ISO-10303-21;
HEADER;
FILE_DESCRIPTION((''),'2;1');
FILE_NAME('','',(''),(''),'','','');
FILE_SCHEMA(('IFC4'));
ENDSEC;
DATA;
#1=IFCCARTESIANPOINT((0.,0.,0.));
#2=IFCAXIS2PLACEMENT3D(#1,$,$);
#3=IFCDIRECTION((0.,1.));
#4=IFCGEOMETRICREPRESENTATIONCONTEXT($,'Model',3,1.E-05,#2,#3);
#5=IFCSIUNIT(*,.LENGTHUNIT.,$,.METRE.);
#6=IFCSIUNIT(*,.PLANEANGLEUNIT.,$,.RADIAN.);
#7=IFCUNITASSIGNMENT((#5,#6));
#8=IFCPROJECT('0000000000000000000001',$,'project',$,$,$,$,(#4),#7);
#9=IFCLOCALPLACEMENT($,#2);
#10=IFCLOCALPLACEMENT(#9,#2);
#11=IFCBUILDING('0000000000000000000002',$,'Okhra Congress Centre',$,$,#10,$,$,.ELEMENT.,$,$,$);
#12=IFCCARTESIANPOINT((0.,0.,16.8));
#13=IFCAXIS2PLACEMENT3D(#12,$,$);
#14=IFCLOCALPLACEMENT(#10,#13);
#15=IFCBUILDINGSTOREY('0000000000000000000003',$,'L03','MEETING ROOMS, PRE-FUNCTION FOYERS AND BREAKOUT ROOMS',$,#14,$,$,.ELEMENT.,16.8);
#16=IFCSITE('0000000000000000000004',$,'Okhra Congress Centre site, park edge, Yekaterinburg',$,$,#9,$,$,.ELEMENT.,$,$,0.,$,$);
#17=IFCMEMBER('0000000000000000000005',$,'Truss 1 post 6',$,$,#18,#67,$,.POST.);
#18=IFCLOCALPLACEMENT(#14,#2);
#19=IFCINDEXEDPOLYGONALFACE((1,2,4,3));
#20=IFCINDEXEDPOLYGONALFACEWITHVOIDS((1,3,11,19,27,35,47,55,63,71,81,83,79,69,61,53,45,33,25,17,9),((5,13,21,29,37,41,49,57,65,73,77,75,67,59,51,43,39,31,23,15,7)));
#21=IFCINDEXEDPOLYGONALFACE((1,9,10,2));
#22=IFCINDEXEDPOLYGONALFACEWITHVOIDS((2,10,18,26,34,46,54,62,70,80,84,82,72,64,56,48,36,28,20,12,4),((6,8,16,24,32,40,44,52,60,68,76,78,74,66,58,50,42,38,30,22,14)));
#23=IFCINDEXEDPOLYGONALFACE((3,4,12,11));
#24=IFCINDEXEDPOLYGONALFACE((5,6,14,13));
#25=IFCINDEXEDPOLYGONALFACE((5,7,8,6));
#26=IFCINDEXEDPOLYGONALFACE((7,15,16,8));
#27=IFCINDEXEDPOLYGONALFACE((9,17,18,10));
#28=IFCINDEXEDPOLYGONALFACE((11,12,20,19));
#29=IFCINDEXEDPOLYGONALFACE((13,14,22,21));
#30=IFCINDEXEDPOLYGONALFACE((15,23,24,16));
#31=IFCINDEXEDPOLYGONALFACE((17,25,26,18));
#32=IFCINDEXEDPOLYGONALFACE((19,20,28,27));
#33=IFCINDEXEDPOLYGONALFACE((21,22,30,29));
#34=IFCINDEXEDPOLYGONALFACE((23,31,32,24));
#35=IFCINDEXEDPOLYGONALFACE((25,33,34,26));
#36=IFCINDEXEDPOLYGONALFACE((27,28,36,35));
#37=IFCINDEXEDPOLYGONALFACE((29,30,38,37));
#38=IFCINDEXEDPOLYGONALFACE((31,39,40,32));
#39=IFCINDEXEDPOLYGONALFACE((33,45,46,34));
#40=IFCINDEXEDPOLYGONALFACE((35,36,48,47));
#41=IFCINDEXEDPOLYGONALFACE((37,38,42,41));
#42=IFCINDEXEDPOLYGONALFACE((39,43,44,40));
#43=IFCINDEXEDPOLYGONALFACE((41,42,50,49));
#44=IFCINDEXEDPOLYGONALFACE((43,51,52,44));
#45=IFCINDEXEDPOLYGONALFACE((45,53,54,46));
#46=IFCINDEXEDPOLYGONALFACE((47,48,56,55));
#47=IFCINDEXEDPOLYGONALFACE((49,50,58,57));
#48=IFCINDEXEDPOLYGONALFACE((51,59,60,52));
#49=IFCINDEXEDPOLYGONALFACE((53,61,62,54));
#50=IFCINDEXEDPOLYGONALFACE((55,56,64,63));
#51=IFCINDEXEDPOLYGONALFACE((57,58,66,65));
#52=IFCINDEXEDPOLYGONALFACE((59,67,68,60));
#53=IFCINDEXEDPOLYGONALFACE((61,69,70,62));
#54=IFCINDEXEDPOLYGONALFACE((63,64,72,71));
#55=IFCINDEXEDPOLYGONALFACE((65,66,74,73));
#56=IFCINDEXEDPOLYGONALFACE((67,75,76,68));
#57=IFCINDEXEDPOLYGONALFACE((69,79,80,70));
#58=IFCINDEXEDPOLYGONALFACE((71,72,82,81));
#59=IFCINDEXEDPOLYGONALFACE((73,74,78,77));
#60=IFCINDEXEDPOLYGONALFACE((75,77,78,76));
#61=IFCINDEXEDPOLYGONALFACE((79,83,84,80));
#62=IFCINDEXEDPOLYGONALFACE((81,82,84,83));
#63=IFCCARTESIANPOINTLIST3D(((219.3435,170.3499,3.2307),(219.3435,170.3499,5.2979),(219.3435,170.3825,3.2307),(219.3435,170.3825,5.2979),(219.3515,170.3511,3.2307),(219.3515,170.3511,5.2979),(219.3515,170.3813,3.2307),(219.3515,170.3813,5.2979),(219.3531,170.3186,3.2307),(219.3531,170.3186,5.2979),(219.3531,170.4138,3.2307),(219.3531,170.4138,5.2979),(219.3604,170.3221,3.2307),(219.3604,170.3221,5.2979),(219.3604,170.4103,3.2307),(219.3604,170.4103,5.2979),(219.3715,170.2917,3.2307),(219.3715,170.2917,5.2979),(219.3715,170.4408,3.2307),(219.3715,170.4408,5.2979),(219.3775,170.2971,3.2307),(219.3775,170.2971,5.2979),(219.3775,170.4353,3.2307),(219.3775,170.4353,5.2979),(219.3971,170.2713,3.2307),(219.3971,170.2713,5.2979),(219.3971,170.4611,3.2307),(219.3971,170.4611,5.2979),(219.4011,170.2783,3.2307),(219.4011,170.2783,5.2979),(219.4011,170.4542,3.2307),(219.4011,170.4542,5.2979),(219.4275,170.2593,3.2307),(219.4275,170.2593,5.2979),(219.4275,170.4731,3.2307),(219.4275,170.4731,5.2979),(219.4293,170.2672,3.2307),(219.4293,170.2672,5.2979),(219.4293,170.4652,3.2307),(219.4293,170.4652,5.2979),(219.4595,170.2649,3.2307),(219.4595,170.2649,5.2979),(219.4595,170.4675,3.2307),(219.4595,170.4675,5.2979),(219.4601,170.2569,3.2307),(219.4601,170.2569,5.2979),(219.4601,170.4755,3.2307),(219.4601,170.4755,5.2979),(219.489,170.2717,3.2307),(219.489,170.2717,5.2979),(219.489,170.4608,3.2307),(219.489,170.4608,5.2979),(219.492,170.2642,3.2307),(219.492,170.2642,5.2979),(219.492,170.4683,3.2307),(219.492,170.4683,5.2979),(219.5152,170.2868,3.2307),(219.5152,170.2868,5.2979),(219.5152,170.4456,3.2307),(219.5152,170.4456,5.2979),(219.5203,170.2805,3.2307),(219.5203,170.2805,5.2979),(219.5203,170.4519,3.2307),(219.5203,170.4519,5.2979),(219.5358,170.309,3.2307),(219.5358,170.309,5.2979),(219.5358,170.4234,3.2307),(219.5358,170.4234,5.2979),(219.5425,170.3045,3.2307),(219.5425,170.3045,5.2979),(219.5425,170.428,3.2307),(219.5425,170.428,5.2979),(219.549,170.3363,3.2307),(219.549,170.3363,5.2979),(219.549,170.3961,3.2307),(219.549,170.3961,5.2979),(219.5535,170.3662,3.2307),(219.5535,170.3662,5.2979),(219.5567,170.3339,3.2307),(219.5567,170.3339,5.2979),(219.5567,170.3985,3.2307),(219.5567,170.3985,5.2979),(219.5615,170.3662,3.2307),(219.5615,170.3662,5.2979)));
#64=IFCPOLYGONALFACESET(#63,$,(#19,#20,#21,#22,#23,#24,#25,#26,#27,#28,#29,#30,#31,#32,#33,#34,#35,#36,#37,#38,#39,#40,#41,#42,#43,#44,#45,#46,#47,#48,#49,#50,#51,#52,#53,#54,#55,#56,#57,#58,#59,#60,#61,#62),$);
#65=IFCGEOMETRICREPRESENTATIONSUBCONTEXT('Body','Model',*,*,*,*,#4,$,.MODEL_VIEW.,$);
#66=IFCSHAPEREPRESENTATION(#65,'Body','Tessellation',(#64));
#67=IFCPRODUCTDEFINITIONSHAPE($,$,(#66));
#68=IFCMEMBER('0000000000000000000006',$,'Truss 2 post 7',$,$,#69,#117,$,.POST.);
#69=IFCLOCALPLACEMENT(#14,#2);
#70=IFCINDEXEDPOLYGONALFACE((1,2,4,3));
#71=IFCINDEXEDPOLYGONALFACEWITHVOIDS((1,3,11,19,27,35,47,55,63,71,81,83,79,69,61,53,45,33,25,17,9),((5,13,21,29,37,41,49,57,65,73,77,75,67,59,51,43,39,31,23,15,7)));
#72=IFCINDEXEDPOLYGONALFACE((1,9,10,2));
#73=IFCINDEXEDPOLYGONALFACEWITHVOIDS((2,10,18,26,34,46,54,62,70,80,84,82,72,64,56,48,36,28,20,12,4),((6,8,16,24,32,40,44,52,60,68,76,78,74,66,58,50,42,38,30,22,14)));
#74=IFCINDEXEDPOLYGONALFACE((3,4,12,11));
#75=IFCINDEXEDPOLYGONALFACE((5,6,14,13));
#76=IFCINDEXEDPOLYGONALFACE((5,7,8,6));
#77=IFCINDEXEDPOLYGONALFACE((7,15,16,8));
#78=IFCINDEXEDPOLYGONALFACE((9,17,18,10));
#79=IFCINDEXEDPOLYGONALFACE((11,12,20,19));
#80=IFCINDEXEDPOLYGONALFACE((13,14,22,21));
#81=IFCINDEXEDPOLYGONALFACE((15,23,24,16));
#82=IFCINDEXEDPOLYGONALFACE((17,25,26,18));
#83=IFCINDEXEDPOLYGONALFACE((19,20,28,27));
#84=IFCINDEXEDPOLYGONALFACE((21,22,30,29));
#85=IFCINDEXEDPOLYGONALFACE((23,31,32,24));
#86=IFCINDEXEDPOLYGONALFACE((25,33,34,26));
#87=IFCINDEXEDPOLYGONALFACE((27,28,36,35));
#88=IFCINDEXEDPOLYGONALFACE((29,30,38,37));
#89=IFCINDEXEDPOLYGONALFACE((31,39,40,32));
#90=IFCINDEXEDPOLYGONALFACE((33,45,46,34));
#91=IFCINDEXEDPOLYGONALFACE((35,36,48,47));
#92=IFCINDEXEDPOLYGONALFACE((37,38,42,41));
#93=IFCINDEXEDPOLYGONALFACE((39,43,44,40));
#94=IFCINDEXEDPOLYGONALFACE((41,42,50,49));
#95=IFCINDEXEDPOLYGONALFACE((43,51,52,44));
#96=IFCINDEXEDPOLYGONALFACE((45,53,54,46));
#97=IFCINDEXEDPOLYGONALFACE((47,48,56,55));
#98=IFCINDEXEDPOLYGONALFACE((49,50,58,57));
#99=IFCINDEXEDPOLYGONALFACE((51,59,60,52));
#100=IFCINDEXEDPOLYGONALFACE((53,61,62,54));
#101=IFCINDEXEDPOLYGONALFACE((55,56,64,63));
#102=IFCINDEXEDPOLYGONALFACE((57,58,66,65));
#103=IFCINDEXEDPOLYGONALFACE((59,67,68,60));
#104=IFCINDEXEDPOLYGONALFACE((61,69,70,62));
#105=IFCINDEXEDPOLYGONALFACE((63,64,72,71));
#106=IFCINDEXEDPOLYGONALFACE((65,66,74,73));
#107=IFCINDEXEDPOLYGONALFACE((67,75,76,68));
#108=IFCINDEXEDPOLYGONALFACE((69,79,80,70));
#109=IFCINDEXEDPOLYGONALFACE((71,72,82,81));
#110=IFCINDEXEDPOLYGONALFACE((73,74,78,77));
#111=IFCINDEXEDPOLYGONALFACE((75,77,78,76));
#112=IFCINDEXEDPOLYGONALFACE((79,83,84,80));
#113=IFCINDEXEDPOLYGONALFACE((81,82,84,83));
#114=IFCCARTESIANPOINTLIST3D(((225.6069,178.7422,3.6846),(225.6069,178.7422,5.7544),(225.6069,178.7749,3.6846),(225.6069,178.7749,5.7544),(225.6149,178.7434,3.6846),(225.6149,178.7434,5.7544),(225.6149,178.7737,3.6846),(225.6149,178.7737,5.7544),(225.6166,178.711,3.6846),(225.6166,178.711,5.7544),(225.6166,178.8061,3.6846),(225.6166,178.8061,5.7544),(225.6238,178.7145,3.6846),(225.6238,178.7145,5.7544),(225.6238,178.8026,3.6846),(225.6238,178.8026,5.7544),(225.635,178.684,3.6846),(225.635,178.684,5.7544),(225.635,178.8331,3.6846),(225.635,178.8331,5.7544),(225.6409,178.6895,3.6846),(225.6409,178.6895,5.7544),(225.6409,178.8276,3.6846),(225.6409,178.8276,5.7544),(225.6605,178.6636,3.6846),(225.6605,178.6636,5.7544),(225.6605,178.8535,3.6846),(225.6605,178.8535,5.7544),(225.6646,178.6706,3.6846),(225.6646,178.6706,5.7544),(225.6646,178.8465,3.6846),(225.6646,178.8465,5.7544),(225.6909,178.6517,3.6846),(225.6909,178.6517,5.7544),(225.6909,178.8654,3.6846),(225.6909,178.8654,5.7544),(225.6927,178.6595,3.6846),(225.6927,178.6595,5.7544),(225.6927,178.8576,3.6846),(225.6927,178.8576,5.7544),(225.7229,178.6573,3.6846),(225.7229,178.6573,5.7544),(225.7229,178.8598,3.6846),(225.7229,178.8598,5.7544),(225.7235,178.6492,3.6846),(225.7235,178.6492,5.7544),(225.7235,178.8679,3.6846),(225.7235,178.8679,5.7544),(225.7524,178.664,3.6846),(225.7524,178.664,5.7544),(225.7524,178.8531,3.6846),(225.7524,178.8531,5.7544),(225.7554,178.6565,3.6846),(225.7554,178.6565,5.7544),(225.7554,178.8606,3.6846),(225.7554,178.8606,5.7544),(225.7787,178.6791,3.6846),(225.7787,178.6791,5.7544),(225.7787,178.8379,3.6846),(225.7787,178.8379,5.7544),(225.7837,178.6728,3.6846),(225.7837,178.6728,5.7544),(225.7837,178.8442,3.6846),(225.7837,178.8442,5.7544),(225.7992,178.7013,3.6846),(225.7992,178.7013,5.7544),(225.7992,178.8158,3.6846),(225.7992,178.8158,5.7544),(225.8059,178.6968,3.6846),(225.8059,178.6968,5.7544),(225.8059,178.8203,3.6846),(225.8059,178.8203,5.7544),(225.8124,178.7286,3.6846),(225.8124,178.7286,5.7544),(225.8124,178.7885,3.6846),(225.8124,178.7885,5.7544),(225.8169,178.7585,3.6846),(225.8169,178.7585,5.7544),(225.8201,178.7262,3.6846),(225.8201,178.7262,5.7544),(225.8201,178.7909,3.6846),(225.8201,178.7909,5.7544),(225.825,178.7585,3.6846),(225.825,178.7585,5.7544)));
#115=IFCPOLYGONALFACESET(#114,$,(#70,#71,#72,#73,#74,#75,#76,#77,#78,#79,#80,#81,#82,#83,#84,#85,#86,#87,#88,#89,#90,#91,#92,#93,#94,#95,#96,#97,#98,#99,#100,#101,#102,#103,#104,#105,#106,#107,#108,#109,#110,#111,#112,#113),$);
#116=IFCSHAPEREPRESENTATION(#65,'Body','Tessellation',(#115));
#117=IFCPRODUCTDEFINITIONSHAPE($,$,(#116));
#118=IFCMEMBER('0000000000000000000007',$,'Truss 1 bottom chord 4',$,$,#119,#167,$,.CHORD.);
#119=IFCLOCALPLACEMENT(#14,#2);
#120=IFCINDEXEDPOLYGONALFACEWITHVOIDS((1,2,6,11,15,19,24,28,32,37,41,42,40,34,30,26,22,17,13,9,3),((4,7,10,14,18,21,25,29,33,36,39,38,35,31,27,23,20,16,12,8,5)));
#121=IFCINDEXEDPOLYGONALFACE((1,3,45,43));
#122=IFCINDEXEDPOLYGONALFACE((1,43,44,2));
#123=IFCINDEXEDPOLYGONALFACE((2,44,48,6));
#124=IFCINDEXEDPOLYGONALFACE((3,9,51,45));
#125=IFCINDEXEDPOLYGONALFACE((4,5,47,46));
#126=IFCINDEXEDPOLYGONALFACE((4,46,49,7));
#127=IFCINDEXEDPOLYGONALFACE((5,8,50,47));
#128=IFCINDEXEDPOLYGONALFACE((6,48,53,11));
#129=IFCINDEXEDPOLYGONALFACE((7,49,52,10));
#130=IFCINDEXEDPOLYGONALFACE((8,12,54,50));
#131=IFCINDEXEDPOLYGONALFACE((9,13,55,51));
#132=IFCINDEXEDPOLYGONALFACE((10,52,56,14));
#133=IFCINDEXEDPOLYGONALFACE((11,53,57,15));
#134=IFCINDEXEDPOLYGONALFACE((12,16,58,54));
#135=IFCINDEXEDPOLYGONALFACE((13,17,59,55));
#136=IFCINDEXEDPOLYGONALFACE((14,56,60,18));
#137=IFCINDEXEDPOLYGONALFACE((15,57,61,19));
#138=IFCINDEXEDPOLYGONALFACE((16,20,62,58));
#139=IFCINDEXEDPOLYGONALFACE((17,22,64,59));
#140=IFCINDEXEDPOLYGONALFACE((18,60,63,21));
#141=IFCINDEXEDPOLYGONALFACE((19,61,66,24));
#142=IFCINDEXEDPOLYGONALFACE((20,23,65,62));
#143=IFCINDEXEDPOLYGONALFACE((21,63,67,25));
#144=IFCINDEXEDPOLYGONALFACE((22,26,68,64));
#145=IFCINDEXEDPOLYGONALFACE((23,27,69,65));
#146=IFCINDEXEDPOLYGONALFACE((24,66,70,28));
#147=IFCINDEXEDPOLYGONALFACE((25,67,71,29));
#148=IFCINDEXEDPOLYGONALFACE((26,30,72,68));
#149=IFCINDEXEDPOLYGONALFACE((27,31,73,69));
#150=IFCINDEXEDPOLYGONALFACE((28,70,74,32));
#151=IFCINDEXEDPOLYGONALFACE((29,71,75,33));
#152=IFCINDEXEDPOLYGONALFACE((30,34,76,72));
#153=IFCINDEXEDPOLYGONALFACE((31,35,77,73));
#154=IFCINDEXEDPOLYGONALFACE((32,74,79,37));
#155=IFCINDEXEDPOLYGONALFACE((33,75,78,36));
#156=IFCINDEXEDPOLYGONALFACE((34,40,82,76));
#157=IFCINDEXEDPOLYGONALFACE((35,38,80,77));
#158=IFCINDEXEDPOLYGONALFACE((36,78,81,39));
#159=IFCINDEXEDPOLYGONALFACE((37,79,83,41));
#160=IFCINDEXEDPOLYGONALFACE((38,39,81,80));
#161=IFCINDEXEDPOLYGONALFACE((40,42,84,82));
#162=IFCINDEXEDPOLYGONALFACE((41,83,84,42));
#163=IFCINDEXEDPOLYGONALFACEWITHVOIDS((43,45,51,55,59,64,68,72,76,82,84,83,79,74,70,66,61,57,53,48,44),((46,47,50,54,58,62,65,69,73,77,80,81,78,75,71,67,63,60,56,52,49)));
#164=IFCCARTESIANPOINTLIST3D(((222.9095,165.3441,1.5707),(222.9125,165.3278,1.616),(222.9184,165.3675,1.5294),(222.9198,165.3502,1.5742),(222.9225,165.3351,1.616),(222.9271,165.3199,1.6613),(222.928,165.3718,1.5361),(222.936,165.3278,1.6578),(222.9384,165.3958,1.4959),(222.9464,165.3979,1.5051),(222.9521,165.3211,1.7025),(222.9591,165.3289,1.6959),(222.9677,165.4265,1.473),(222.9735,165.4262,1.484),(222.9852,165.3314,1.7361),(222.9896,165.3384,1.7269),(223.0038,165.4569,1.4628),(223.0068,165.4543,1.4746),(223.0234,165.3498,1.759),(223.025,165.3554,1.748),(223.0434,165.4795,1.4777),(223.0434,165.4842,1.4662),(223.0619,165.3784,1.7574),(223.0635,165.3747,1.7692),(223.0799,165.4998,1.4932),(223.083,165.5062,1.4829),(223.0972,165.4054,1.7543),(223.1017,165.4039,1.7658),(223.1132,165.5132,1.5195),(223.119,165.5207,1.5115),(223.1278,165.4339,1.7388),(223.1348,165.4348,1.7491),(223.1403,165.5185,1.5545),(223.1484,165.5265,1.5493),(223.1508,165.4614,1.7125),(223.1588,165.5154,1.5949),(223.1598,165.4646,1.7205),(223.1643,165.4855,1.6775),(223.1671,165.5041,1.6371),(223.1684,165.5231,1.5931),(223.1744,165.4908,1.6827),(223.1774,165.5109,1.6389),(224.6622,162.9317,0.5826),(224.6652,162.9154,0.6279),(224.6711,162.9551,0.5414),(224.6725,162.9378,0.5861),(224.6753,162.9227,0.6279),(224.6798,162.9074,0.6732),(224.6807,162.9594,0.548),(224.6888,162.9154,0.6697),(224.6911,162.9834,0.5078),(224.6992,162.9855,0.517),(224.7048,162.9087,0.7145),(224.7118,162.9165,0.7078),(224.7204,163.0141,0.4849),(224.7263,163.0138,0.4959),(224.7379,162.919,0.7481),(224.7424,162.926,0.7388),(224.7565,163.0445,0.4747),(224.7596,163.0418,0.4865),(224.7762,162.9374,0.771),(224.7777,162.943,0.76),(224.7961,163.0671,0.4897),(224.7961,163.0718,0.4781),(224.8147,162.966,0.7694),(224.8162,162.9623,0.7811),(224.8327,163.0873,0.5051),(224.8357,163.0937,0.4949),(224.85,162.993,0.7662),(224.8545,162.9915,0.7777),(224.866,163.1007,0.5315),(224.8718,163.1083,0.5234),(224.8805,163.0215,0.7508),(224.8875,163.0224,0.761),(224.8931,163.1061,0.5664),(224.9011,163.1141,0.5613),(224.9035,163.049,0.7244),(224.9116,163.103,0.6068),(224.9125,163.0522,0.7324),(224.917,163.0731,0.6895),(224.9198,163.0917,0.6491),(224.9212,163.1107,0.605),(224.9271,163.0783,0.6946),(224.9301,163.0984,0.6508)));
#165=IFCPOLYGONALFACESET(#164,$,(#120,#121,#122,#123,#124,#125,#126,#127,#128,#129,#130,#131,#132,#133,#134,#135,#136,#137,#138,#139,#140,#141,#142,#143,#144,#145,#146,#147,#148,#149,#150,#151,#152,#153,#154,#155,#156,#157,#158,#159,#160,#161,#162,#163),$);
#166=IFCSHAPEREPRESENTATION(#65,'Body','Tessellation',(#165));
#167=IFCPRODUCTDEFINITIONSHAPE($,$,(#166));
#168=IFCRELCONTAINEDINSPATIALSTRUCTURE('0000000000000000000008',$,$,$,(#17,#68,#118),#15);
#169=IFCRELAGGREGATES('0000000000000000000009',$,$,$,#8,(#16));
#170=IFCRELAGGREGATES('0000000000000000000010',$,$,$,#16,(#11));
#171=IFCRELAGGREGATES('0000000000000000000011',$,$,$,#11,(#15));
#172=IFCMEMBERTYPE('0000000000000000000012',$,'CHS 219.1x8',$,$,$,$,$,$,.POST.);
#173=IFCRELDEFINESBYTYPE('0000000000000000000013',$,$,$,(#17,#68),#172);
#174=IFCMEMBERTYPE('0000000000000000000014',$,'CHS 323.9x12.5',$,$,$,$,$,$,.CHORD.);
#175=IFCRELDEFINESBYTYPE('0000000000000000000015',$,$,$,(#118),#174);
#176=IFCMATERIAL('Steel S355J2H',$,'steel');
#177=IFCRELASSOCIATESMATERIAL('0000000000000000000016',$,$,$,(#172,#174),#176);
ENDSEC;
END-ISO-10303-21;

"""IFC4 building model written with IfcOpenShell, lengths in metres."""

from ifc_helpers import new_model, si_unit, direction, frame, origin, origin_2d, place, context, subcontext, project, spatial, hollow_circle, extrude, material, material_profile, profile_set, type_object, element, save


model = new_model("IFC4")

# Units and contexts
model_context = context("Model", 3, precision=1e-05, world=origin(), true_north=direction((0.0, 1.0)))
body_context = subcontext(model_context, "Body", "Model", "MODEL_VIEW")
ifc_project = project(units=[si_unit("LENGTHUNIT", "METRE"), si_unit("PLANEANGLEUNIT", "RADIAN")], contexts=[model_context])

# Site, building, storey
site_placement = place(None, origin())
site = spatial("IfcSite", under=ifc_project, at=site_placement, Name="Okhra Congress Centre site, park edge, Yekaterinburg", CompositionType="ELEMENT", RefElevation=0.0)
building_placement = place(site_placement, origin())
building = spatial("IfcBuilding", under=site, at=building_placement, Name="Okhra Congress Centre", CompositionType="ELEMENT")
storey_placement = place(building_placement, frame((0.0, 0.0, 16.8)))
storey = spatial("IfcBuildingStorey", under=building, at=storey_placement, Name="L03", Description="MEETING ROOMS, PRE-FUNCTION FOYERS AND BREAKOUT ROOMS", CompositionType="ELEMENT", Elevation=16.8)

# Members
ifc_material_1 = material(Name="Steel S355J2H", Category="steel")
ifc_material_profile_1 = material_profile(ifc_material_1, hollow_circle(Radius=0.1096, WallThickness=0.0081, at=origin_2d()), Name="CHS 219.1x8")
ifc_profile_set_1 = profile_set([ifc_material_profile_1], Name="Steel S355J2H")
member_type_1 = type_object("IfcMemberType", Name="CHS 219.1x8", PredefinedType="POST", material=ifc_profile_set_1)
member_1_placement = place(storey_placement, frame((219.4519, 170.3662, 3.2307), z_axis=(0.0, 0.0, 1.0), x_axis=(1.0, 0.0, 0.0)))
element("IfcMember", 1, at=member_1_placement, inside=storey, type_object=member_type_1, Name="Truss 1 post 6", PredefinedType="POST", context=body_context, shape_type="SweptSolid", body=[
    extrude(hollow_circle(Radius=0.1096, WallThickness=0.0081, at=origin_2d()), origin(), (0.0, 0.0, 1.0), 2.0671),
])
member_2_placement = place(storey_placement, frame((225.7153, 178.7585, 3.6846), z_axis=(0.0, 0.0, 1.0), x_axis=(1.0, 0.0, 0.0)))
element("IfcMember", 2, at=member_2_placement, inside=storey, type_object=member_type_1, Name="Truss 2 post 7", PredefinedType="POST", context=body_context, shape_type="SweptSolid", body=[
    extrude(hollow_circle(Radius=0.1096, WallThickness=0.0081, at=origin_2d()), origin(), (0.0, 0.0, 1.0), 2.0698),
])
ifc_material_profile_2 = material_profile(ifc_material_1, hollow_circle(Radius=0.1619, WallThickness=0.0125, at=origin_2d()), Name="CHS 323.9x12.5")
ifc_profile_set_2 = profile_set([ifc_material_profile_2], Name="Steel S355J2H")
member_type_2 = type_object("IfcMemberType", Name="CHS 323.9x12.5", PredefinedType="CHORD", material=ifc_profile_set_2)
for number, where, z_axis, x_axis, name in (
    (3, (224.7961, 163.0105, 0.6279), (-0.557955, 0.767955, 0.314534), (-0.809016, -0.587787, 0.0), "Truss 1 bottom chord 4"),
):
    element("IfcMember", number, at=place(storey_placement, frame(where, z_axis=z_axis, x_axis=x_axis)), inside=storey, type_object=member_type_2, Name=name, PredefinedType="CHORD", context=body_context, shape_type="SweptSolid", body=[
        extrude(hollow_circle(Radius=0.1619, WallThickness=0.0125, at=origin_2d()), origin(), (0.0, 0.0, 1.0), 3.1414),
    ])

save(model, "model.ifc")
